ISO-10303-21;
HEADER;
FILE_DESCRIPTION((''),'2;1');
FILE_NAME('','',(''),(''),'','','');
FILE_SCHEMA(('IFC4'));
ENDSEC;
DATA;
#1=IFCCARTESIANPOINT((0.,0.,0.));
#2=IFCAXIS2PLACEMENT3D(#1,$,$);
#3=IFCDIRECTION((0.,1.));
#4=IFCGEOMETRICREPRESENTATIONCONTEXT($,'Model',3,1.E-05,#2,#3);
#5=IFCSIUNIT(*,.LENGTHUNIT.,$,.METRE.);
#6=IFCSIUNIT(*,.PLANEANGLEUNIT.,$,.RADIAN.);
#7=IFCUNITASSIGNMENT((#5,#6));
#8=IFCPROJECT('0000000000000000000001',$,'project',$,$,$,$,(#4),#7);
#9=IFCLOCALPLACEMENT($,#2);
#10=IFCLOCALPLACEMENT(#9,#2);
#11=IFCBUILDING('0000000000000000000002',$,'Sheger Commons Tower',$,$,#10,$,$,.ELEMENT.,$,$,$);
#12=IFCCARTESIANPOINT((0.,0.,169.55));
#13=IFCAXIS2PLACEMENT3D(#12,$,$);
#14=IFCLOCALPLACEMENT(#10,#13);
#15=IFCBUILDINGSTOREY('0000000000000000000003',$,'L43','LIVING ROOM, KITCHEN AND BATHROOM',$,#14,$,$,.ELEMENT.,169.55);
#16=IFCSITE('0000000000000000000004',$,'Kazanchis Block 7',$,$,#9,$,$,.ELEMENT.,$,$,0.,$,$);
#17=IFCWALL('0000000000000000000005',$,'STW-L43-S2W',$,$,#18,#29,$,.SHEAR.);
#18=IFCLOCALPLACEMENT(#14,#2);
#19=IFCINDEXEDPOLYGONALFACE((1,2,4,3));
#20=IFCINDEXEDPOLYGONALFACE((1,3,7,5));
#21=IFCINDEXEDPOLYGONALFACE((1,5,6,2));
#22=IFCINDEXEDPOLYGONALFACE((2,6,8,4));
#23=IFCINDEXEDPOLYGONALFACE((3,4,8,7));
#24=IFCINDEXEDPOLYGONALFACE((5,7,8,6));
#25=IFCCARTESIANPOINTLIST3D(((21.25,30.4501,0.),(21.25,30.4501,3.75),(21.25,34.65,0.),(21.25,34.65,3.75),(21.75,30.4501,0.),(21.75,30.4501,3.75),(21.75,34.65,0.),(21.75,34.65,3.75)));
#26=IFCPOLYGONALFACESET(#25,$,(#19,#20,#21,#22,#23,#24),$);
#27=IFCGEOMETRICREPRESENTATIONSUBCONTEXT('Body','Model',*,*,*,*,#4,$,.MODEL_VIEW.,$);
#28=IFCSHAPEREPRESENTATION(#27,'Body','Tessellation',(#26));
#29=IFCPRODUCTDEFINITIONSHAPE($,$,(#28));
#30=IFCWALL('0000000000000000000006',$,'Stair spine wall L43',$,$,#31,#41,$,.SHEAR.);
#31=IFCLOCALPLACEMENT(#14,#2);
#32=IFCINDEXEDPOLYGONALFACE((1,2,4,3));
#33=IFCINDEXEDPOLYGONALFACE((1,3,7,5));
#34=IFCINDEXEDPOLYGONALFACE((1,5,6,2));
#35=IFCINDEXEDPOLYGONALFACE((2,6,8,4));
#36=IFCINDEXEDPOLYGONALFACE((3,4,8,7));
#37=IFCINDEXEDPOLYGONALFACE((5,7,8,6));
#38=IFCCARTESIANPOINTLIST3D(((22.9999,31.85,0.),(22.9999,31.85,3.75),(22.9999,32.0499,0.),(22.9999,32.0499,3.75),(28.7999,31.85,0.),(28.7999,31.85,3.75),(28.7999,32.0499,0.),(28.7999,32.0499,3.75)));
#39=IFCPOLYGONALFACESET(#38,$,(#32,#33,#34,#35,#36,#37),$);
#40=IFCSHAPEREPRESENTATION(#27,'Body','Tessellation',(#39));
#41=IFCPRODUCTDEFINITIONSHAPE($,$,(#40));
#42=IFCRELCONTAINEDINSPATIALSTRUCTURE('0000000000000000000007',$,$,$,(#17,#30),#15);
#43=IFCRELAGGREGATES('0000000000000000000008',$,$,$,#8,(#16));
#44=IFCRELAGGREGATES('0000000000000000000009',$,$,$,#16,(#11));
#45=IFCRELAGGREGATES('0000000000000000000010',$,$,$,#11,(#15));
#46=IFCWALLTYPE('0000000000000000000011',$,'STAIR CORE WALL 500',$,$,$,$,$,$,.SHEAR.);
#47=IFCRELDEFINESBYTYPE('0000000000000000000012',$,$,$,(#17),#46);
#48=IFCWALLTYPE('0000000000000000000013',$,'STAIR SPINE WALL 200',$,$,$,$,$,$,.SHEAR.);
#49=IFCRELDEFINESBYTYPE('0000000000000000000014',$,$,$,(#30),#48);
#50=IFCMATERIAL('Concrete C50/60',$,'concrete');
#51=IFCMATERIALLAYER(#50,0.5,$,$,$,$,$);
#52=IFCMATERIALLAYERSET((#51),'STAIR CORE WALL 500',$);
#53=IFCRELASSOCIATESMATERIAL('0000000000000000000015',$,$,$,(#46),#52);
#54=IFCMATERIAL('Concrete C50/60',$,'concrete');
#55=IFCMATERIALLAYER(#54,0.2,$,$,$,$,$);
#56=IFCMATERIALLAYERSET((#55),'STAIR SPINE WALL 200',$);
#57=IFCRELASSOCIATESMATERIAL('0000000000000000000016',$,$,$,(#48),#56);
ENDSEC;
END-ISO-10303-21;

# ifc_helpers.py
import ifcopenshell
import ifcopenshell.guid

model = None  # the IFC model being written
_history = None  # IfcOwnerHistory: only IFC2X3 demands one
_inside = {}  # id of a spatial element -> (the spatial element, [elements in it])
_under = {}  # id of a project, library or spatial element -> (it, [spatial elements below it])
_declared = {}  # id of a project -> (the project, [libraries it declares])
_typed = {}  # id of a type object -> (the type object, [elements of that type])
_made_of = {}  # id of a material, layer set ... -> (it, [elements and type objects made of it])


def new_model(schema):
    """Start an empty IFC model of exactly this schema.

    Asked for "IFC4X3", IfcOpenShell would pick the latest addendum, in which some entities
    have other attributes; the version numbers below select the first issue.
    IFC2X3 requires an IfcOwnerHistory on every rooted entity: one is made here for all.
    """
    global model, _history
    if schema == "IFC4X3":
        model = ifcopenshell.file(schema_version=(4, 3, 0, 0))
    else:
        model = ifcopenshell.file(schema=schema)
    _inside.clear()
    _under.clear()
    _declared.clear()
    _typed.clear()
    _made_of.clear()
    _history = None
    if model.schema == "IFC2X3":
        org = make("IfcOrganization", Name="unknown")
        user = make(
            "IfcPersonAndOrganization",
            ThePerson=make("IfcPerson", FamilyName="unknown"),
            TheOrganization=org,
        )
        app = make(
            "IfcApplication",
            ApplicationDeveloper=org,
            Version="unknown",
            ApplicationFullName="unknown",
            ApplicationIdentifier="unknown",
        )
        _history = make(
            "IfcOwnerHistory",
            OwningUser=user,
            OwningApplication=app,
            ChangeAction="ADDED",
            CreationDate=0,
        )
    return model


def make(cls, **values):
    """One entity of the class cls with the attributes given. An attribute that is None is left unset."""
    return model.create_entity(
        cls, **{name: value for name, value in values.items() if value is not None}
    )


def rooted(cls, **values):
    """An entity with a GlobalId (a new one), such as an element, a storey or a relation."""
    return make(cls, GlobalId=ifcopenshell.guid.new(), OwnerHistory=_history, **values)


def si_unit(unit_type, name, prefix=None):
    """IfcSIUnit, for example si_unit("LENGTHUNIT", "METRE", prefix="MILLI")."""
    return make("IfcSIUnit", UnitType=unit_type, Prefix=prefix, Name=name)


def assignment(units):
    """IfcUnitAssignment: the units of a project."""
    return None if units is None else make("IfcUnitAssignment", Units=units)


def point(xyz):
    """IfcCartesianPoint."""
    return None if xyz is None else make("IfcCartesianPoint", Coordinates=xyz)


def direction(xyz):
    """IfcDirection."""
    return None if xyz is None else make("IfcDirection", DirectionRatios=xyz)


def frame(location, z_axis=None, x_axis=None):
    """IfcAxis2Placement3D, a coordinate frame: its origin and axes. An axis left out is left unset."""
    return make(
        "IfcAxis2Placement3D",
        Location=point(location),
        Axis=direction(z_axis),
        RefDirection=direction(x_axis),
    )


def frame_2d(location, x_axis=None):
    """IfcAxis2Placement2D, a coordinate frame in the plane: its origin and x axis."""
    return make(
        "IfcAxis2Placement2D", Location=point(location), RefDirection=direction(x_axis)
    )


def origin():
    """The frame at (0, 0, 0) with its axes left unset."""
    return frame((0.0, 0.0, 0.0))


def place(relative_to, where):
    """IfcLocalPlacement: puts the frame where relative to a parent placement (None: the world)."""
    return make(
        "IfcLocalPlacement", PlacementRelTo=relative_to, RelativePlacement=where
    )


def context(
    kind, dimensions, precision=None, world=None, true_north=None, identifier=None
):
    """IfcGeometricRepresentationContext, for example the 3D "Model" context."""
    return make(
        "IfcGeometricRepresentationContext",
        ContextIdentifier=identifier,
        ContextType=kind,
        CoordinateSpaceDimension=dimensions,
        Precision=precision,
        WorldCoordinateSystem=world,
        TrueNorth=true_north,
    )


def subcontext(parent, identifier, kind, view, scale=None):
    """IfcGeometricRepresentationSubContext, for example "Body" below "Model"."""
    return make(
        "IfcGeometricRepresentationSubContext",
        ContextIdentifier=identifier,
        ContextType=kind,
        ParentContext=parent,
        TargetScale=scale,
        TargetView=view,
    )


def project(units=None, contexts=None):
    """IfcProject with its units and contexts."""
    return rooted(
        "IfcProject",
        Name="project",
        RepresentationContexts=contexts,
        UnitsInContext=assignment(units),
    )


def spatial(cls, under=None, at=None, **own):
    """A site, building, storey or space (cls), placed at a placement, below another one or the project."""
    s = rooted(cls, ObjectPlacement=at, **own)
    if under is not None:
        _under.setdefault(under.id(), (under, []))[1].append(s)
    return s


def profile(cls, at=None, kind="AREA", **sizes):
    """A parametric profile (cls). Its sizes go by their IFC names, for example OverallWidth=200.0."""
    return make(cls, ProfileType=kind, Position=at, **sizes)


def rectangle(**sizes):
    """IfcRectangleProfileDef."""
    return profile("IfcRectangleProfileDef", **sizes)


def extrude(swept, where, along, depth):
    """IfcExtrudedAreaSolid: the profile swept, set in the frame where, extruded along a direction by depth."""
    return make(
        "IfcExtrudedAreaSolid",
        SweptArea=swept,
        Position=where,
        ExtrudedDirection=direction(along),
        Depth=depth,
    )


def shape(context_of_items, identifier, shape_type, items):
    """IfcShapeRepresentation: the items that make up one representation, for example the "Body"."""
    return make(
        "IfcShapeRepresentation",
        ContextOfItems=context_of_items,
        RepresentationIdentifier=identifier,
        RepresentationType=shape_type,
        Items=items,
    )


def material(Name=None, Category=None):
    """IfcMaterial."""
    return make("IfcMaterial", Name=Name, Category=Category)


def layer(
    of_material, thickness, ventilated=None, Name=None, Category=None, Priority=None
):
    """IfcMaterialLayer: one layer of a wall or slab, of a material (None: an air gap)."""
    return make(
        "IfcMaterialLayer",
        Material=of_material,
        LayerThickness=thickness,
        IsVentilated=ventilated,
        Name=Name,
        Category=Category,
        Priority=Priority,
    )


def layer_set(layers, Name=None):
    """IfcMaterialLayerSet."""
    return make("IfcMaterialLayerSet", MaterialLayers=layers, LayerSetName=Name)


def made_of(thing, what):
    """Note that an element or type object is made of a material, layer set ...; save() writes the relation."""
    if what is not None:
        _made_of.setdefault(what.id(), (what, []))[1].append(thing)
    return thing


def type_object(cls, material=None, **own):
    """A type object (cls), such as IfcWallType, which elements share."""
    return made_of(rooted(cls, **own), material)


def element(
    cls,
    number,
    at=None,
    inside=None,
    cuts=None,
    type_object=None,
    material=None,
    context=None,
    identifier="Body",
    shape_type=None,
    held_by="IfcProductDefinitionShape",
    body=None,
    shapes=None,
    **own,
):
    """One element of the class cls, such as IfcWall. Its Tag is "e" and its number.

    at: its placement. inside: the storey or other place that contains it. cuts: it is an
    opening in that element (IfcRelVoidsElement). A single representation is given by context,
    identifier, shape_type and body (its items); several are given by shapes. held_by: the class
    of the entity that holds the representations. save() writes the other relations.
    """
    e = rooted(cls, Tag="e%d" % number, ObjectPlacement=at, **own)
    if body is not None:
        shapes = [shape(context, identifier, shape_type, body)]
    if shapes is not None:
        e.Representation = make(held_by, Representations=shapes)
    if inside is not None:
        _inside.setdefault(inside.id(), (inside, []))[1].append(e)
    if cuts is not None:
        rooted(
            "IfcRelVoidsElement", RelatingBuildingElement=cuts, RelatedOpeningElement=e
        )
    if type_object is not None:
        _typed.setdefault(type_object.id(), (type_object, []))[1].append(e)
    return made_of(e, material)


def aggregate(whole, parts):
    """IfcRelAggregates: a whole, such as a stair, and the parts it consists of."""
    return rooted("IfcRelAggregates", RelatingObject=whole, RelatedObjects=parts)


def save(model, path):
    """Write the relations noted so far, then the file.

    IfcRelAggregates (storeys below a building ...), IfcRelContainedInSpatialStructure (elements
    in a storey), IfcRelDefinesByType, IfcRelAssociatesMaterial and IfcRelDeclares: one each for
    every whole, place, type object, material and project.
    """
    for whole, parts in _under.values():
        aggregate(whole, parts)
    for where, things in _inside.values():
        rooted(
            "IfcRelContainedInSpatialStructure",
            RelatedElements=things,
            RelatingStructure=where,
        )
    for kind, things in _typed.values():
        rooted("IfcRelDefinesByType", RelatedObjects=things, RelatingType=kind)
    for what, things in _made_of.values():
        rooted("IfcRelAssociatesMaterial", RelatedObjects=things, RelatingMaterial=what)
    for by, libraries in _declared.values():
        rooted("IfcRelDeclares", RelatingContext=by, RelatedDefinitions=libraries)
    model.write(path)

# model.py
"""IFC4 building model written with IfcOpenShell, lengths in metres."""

from ifc_helpers import new_model, si_unit, direction, frame, frame_2d, origin, place, context, subcontext, project, spatial, rectangle, extrude, material, layer, layer_set, type_object, element, save


model = new_model("IFC4")

# Units and contexts
model_context = context("Model", 3, precision=1e-05, world=origin(), true_north=direction((0.0, 1.0)))
body_context = subcontext(model_context, "Body", "Model", "MODEL_VIEW")
ifc_project = project(units=[si_unit("LENGTHUNIT", "METRE"), si_unit("PLANEANGLEUNIT", "RADIAN")], contexts=[model_context])

# Site, building, storey
site_placement = place(None, origin())
site = spatial("IfcSite", under=ifc_project, at=site_placement, Name="Kazanchis Block 7", CompositionType="ELEMENT", RefElevation=0.0)
building_placement = place(site_placement, origin())
building = spatial("IfcBuilding", under=site, at=building_placement, Name="Sheger Commons Tower", CompositionType="ELEMENT")
storey_placement = place(building_placement, frame((0.0, 0.0, 169.55)))
storey = spatial("IfcBuildingStorey", under=building, at=storey_placement, Name="L43", Description="LIVING ROOM, KITCHEN AND BATHROOM", CompositionType="ELEMENT", Elevation=169.55)

# Walls
ifc_material_1 = material(Name="Concrete C50/60", Category="concrete")
ifc_layer_1 = layer(ifc_material_1, 0.5)
ifc_layer_set_1 = layer_set([ifc_layer_1], Name="STAIR CORE WALL 500")
wall_type_1 = type_object("IfcWallType", Name="STAIR CORE WALL 500", PredefinedType="SHEAR", material=ifc_layer_set_1)
wall_1_placement = place(storey_placement, frame((21.5, 30.45, 0.0), z_axis=(0.0, 0.0, 1.0), x_axis=(0.0, 1.0, 0.0)))
element("IfcWall", 1, at=wall_1_placement, inside=storey, type_object=wall_type_1, Name="STW-L43-S2W", PredefinedType="SHEAR", context=body_context, shape_type="SweptSolid", body=[
    extrude(rectangle(XDim=4.2, YDim=0.5, at=frame_2d((2.1001, 0.0))), origin(), (0.0, 0.0, 1.0), 3.75),
])
ifc_material_2 = material(Name="Concrete C50/60", Category="concrete")
ifc_layer_2 = layer(ifc_material_2, 0.2)
ifc_layer_set_2 = layer_set([ifc_layer_2], Name="STAIR SPINE WALL 200")
wall_type_2 = type_object("IfcWallType", Name="STAIR SPINE WALL 200", PredefinedType="SHEAR", material=ifc_layer_set_2)
wall_2_placement = place(storey_placement, frame((23.0, 31.95, 0.0), z_axis=(0.0, 0.0, 1.0), x_axis=(1.0, 0.0, 0.0)))
element("IfcWall", 2, at=wall_2_placement, inside=storey, type_object=wall_type_2, Name="Stair spine wall L43", PredefinedType="SHEAR", context=body_context, shape_type="SweptSolid", body=[
    extrude(rectangle(XDim=5.8, YDim=0.2, at=frame_2d((2.8999, 0.0))), origin(), (0.0, 0.0, 1.0), 3.75),
])

save(model, "model.ifc")
